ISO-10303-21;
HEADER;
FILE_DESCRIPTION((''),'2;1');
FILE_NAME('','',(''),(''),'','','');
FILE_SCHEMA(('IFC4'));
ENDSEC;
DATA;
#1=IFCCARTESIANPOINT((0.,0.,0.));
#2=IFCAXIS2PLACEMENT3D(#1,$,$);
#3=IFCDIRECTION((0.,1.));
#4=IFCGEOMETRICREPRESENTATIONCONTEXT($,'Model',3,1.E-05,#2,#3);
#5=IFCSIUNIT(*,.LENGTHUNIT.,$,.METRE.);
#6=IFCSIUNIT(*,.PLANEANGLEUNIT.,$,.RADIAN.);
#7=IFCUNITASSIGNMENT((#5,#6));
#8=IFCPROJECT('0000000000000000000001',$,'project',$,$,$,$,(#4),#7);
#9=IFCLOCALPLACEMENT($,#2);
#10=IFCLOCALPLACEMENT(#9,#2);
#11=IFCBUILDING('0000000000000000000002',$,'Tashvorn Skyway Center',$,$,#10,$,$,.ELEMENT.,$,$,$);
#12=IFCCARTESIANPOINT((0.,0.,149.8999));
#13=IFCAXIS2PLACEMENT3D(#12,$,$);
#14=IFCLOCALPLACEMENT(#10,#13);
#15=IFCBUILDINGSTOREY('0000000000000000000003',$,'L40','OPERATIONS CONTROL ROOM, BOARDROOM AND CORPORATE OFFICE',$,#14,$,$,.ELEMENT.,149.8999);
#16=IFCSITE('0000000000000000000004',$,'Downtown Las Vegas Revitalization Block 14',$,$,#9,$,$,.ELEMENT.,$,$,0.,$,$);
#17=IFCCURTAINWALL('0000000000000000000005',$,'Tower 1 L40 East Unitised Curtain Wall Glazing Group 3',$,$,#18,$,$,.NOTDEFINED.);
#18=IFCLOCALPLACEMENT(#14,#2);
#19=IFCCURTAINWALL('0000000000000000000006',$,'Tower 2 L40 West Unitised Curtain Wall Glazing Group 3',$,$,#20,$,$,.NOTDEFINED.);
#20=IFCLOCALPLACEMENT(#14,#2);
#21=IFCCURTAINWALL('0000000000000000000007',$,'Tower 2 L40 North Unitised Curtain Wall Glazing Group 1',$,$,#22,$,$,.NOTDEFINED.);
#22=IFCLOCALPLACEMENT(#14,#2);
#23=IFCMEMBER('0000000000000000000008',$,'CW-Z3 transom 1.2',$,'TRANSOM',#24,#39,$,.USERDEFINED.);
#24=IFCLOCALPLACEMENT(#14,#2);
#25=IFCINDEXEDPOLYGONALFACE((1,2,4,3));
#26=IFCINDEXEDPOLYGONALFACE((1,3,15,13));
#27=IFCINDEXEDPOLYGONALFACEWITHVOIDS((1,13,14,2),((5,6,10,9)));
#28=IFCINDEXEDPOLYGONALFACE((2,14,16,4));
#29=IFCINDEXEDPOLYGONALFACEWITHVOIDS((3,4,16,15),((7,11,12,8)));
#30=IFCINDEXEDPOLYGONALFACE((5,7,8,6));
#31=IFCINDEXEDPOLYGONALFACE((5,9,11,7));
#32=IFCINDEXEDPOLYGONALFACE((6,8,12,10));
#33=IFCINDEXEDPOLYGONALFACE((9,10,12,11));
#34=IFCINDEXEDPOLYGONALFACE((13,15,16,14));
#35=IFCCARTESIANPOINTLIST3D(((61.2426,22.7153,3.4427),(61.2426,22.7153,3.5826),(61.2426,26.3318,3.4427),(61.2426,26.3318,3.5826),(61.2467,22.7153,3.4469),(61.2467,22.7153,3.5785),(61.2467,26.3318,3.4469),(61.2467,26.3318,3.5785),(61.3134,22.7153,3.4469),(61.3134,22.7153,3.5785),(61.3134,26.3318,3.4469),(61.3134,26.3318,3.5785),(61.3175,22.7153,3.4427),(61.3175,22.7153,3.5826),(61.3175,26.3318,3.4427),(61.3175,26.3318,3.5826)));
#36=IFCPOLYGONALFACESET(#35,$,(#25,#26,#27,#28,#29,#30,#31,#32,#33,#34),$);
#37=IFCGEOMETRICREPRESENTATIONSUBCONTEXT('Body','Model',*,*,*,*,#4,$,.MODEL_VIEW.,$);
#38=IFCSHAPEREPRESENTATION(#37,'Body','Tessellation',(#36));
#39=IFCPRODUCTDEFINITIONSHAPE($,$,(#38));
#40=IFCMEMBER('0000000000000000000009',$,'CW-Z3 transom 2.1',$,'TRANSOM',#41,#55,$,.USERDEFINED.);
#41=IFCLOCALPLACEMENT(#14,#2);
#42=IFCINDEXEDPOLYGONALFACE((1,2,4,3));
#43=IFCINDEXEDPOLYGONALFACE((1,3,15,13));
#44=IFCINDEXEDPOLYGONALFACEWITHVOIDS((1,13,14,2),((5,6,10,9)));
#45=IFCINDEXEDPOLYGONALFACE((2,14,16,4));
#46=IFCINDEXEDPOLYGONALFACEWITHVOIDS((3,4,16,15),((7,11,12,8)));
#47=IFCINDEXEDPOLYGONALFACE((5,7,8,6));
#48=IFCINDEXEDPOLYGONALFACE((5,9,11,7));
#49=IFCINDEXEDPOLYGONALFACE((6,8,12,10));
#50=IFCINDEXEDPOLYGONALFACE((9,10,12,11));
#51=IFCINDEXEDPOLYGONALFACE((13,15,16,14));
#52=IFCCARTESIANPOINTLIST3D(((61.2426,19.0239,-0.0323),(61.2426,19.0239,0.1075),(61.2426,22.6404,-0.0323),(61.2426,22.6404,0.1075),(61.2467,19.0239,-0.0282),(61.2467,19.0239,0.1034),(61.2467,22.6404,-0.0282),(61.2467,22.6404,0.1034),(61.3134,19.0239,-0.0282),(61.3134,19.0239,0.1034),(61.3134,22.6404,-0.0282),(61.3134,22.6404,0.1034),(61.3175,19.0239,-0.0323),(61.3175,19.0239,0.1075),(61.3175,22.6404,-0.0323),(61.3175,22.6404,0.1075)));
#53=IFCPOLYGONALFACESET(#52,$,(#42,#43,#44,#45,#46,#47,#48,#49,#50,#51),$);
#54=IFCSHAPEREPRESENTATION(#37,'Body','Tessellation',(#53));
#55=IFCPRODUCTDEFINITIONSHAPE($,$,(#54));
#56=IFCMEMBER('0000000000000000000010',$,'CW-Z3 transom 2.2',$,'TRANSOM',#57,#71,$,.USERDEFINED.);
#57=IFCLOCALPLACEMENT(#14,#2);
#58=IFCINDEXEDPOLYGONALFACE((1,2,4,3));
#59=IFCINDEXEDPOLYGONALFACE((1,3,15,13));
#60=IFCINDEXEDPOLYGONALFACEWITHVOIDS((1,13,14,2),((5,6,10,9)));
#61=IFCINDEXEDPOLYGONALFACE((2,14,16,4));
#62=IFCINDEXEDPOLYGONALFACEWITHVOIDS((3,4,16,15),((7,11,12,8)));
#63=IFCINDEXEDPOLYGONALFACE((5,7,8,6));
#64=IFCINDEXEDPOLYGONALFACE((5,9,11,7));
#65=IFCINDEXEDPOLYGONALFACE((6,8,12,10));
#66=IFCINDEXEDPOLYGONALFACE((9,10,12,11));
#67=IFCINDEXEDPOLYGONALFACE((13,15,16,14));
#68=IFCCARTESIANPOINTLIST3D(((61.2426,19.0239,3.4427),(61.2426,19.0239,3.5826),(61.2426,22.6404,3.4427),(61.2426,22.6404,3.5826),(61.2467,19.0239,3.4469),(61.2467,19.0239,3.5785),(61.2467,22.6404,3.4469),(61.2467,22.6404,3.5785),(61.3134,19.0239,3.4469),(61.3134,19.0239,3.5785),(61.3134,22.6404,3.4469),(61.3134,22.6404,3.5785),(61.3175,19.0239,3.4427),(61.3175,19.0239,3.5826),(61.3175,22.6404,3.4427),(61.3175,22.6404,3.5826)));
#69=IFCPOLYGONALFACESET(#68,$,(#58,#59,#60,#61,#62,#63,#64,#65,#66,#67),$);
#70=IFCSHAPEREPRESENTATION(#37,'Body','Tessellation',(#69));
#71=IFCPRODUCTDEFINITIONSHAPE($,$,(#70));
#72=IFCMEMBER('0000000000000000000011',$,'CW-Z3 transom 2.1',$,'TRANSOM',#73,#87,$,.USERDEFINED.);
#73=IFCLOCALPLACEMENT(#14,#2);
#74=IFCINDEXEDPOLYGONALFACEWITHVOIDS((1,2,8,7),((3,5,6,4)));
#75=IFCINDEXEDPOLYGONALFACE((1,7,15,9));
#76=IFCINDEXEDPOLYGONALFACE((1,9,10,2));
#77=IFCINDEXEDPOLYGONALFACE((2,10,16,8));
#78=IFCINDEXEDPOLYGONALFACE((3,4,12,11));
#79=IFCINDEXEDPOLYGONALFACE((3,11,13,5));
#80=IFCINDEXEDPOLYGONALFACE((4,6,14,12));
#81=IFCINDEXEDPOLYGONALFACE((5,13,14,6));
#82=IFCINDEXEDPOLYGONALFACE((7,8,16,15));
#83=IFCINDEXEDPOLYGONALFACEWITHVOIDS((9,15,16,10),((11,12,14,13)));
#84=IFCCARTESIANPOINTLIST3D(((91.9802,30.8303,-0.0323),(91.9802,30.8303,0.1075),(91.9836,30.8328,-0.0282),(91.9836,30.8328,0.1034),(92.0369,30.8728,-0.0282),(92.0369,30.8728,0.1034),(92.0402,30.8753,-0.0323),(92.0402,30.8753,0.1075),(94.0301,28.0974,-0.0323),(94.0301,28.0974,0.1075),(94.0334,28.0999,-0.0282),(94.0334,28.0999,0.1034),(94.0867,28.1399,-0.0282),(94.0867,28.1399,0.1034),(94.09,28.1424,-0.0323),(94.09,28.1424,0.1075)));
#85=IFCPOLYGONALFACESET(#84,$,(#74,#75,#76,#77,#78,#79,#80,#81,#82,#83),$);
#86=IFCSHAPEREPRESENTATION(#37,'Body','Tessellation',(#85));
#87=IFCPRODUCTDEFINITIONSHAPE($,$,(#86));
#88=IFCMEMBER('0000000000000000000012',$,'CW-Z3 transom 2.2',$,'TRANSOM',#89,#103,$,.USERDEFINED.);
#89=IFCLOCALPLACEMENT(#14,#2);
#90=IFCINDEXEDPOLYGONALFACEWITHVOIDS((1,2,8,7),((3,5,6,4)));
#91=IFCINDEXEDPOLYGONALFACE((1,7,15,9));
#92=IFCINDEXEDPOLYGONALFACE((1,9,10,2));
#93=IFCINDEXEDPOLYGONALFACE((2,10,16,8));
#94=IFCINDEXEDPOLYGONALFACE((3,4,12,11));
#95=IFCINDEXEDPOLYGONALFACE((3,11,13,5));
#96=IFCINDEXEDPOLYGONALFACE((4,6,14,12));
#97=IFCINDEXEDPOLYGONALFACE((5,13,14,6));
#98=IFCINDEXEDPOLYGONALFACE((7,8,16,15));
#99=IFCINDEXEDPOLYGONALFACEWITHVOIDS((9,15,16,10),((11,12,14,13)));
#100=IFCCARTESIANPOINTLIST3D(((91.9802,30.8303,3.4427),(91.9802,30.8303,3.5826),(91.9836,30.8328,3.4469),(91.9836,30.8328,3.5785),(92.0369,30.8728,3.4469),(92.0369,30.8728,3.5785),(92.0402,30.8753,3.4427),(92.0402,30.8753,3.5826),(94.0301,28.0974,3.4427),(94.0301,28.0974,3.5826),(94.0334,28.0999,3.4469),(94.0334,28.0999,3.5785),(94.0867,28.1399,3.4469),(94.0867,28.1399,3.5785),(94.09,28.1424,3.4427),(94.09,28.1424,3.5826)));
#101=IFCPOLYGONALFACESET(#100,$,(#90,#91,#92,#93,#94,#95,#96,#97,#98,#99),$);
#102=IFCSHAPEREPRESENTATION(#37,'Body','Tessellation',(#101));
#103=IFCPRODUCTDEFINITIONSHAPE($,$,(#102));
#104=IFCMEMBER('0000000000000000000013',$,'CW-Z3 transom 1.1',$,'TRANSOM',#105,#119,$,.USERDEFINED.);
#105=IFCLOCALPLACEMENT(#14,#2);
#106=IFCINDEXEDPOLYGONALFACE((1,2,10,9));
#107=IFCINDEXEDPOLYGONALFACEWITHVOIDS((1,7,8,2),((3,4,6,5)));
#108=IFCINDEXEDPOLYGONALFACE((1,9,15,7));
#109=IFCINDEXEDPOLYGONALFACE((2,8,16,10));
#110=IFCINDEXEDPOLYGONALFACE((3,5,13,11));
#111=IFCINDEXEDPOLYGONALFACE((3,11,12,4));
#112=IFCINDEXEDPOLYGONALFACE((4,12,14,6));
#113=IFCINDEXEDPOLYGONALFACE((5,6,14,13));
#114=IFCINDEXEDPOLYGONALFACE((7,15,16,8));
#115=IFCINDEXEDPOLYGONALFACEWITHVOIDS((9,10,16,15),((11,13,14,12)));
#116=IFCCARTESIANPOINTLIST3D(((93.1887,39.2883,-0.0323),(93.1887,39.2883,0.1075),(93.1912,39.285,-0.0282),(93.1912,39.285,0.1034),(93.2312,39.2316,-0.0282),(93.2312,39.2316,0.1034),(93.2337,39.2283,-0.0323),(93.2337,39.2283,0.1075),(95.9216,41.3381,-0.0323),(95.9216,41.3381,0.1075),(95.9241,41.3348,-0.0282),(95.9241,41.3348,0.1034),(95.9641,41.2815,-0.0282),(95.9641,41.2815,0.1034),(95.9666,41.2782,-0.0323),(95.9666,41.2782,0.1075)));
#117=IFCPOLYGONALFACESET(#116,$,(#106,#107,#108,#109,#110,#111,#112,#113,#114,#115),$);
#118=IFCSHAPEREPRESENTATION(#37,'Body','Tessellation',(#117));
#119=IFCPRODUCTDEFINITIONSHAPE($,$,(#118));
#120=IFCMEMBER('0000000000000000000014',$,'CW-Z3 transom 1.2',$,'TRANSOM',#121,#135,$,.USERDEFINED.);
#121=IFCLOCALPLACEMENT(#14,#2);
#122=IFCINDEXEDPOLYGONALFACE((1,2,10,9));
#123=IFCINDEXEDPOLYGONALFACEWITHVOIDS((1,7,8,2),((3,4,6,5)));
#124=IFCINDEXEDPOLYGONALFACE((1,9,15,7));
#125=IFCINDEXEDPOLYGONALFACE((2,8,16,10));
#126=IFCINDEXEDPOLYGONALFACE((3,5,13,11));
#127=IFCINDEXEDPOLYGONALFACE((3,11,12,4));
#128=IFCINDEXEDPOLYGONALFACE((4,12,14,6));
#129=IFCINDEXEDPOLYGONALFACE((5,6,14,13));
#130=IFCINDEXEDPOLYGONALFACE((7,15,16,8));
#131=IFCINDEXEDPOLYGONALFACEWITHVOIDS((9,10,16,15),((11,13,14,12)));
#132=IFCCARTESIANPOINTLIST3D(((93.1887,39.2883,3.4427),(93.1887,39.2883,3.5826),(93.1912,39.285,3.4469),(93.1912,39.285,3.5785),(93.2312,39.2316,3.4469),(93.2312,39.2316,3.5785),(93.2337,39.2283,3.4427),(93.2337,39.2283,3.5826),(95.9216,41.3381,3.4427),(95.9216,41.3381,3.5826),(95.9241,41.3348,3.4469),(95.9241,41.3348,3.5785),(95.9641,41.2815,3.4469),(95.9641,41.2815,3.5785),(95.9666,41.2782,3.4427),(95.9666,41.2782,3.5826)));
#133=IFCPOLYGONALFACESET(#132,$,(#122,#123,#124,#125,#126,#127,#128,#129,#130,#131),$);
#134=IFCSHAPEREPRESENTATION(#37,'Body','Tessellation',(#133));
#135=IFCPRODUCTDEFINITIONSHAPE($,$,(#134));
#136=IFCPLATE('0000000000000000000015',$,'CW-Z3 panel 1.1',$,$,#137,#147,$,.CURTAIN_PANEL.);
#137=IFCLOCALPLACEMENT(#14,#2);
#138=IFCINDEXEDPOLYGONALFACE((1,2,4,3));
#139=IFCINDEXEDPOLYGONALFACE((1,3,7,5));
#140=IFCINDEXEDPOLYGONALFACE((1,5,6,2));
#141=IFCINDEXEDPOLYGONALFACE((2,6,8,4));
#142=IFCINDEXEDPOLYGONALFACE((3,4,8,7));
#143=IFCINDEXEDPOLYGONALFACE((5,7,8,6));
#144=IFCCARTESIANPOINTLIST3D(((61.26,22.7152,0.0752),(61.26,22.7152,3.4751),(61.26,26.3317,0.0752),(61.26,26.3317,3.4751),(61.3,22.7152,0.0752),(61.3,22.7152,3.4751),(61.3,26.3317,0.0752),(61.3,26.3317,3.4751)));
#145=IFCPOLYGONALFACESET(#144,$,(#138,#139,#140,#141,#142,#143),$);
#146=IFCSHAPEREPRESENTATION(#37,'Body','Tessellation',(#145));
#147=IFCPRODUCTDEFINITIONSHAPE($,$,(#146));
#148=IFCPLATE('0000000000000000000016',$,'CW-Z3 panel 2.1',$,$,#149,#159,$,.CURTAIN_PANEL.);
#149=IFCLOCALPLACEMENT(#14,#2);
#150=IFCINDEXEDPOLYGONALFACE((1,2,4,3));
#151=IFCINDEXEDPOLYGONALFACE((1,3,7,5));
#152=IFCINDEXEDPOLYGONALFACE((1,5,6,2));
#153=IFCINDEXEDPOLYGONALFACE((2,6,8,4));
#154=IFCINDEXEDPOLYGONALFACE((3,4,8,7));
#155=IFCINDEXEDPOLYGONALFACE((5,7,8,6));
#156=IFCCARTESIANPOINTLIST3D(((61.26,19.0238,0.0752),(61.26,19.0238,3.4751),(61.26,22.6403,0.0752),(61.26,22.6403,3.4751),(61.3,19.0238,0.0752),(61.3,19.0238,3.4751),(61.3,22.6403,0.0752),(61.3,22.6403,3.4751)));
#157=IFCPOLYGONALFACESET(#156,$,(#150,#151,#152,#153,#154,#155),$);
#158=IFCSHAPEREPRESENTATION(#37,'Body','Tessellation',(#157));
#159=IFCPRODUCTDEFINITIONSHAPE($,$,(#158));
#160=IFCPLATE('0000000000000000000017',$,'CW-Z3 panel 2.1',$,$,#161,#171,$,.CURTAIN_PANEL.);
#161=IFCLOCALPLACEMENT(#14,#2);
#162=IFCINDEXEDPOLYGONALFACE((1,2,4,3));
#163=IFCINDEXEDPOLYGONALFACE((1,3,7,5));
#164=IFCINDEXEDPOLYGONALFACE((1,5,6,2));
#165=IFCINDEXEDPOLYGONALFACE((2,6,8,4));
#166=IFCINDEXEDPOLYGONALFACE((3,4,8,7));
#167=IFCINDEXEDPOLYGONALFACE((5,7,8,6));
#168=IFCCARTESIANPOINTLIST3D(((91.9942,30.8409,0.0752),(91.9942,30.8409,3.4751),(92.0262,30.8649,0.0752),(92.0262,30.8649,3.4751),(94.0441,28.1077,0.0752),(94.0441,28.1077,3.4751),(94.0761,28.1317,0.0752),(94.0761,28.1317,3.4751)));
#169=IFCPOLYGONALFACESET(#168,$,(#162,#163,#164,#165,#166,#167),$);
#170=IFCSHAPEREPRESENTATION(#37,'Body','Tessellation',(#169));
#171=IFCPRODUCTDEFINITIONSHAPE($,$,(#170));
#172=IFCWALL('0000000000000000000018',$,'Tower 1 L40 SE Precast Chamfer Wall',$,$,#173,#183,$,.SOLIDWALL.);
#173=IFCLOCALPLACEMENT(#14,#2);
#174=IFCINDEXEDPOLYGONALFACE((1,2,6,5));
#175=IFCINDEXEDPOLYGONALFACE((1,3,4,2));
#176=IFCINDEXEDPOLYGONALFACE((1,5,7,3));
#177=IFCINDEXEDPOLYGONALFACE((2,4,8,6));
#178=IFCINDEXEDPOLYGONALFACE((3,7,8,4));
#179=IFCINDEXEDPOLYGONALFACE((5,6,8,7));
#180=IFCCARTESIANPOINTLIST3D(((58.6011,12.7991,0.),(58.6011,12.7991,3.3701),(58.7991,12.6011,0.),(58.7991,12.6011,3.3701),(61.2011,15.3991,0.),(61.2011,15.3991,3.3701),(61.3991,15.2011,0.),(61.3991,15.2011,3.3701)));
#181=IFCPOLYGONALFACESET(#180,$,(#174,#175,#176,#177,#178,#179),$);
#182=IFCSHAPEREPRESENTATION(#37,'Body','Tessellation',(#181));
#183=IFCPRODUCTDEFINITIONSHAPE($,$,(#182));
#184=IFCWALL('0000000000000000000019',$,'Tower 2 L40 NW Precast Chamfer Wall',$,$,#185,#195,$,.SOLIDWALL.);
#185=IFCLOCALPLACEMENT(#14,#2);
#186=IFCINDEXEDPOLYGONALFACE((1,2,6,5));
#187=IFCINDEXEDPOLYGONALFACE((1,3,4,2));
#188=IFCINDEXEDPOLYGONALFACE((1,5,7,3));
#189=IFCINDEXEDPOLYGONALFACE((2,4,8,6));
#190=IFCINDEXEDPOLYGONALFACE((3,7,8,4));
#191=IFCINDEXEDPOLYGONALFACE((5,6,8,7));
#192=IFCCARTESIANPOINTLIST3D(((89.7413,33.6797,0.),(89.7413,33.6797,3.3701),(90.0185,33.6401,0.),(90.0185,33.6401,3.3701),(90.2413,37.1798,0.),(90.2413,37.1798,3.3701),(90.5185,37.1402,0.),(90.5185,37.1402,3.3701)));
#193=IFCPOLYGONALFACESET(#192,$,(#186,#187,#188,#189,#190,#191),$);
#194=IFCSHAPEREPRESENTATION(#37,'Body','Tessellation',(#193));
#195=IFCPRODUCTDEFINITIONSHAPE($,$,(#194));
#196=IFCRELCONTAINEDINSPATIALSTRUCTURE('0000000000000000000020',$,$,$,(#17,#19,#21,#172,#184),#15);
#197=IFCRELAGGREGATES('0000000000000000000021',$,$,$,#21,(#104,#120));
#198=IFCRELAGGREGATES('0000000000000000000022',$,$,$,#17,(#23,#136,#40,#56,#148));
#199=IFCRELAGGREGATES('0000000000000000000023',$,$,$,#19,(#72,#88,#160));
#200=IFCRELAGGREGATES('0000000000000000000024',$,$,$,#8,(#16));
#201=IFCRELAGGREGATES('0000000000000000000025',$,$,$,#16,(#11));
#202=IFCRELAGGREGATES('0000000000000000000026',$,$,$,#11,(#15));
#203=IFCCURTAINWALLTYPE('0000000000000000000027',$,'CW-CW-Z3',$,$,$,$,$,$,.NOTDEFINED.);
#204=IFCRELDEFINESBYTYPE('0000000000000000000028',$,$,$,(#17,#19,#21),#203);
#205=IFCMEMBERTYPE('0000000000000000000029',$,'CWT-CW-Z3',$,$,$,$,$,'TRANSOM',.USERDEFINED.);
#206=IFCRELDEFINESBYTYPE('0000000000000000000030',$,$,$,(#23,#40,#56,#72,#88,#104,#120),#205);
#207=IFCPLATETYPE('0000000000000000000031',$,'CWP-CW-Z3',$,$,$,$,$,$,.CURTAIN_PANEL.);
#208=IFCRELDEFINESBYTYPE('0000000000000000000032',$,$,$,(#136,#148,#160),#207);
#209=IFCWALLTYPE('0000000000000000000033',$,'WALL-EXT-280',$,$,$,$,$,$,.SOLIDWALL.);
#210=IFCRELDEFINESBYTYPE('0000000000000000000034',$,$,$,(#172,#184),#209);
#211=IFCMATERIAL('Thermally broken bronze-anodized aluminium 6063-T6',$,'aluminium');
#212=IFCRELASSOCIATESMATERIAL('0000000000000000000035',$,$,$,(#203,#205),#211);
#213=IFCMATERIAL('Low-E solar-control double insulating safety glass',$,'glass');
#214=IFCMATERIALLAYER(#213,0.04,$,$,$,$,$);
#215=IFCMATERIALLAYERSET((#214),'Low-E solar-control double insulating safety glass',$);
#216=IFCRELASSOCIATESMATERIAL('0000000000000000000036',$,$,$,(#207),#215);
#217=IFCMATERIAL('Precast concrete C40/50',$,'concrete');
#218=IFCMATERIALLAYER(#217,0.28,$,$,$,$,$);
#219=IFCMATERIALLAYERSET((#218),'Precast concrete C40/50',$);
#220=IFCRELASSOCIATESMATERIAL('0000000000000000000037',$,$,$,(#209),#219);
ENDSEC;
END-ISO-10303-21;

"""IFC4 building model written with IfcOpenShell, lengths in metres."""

from ifc_helpers import new_model, si_unit, direction, frame, frame_2d, origin, origin_2d, place, context, subcontext, project, spatial, rectangle, hollow_rectangle, extrude, material, layer, layer_set, material_profile, profile_set, type_object, element, aggregate, save


model = new_model("IFC4")

# Units and contexts
model_context = context("Model", 3, precision=1e-05, world=origin(), true_north=direction((0.0, 1.0)))
body_context = subcontext(model_context, "Body", "Model", "MODEL_VIEW")
ifc_project = project(units=[si_unit("LENGTHUNIT", "METRE"), si_unit("PLANEANGLEUNIT", "RADIAN")], contexts=[model_context])

# Site, building, storey
site_placement = place(None, origin())
site = spatial("IfcSite", under=ifc_project, at=site_placement, Name="Downtown Las Vegas Revitalization Block 14", CompositionType="ELEMENT", RefElevation=0.0)
building_placement = place(site_placement, origin())
building = spatial("IfcBuilding", under=site, at=building_placement, Name="Tashvorn Skyway Center", CompositionType="ELEMENT")
storey_placement = place(building_placement, frame((0.0, 0.0, 149.8999)))
storey = spatial("IfcBuildingStorey", under=building, at=storey_placement, Name="L40", Description="OPERATIONS CONTROL ROOM, BOARDROOM AND CORPORATE OFFICE", CompositionType="ELEMENT", Elevation=149.8999)

# Curtain walls
ifc_material_1 = material(Name="Thermally broken bronze-anodized aluminium 6063-T6", Category="aluminium")
curtain_wall_type = type_object("IfcCurtainWallType", Name="CW-CW-Z3", PredefinedType="NOTDEFINED", material=ifc_material_1)
curtain_wall_1_placement = place(storey_placement, origin())
curtain_wall_1 = element("IfcCurtainWall", 1, at=curtain_wall_1_placement, inside=storey, type_object=curtain_wall_type, Name="Tower 1 L40 East Unitised Curtain Wall Glazing Group 3", PredefinedType="NOTDEFINED")
curtain_wall_2_placement = place(storey_placement, origin())
curtain_wall_2 = element("IfcCurtainWall", 2, at=curtain_wall_2_placement, inside=storey, type_object=curtain_wall_type, Name="Tower 2 L40 West Unitised Curtain Wall Glazing Group 3", PredefinedType="NOTDEFINED")

# Curtain wall
curtain_wall_3_placement = place(storey_placement, origin())
curtain_wall_3 = element("IfcCurtainWall", 3, at=curtain_wall_3_placement, inside=storey, type_object=curtain_wall_type, Name="Tower 2 L40 North Unitised Curtain Wall Glazing Group 1", PredefinedType="NOTDEFINED")

# Members
ifc_material_profile_1 = material_profile(ifc_material_1, hollow_rectangle(XDim=0.075, YDim=0.1399, WallThickness=0.0042, at=origin_2d()), Name="ALU-TRAN-75x140")
ifc_profile_set_1 = profile_set([ifc_material_profile_1], Name="Thermally broken bronze-anodized aluminium 6063-T6")
member_type_1 = type_object("IfcMemberType", Name="CWT-CW-Z3", ElementType="TRANSOM", PredefinedType="USERDEFINED", material=ifc_profile_set_1)
member_1_placement = place(storey_placement, frame((61.28, 26.3318, 3.5127), z_axis=(0.0, -1.0, 0.0), x_axis=(1.0, 0.0, 0.0)))
member_1 = element("IfcMember", 4, at=member_1_placement, type_object=member_type_1, Name="CW-Z3 transom 1.2", ObjectType="TRANSOM", PredefinedType="USERDEFINED", context=body_context, shape_type="SweptSolid", body=[
    extrude(hollow_rectangle(XDim=0.075, YDim=0.1399, WallThickness=0.0042, at=origin_2d()), origin(), (0.0, 0.0, 1.0), 3.6165),
])
member_2_placement = place(storey_placement, frame((61.28, 22.6404, 0.0376), z_axis=(0.0, -1.0, 0.0), x_axis=(1.0, 0.0, 0.0)))
member_2 = element("IfcMember", 5, at=member_2_placement, type_object=member_type_1, Name="CW-Z3 transom 2.1", ObjectType="TRANSOM", PredefinedType="USERDEFINED", context=body_context, shape_type="SweptSolid", body=[
    extrude(hollow_rectangle(XDim=0.075, YDim=0.1399, WallThickness=0.0042, at=origin_2d()), origin(), (0.0, 0.0, 1.0), 3.6165),
])
member_3_placement = place(storey_placement, frame((61.28, 22.6404, 3.5127), z_axis=(0.0, -1.0, 0.0), x_axis=(1.0, 0.0, 0.0)))
member_3 = element("IfcMember", 6, at=member_3_placement, type_object=member_type_1, Name="CW-Z3 transom 2.2", ObjectType="TRANSOM", PredefinedType="USERDEFINED", context=body_context, shape_type="SweptSolid", body=[
    extrude(hollow_rectangle(XDim=0.075, YDim=0.1399, WallThickness=0.0042, at=origin_2d()), origin(), (0.0, 0.0, 1.0), 3.6165),
])
member_4_placement = place(storey_placement, frame((94.0601, 28.1199, 0.0376), z_axis=(-0.600023, 0.799983, 0.0), x_axis=(-0.799983, -0.600023, 0.0)))
member_4 = element("IfcMember", 7, at=member_4_placement, type_object=member_type_1, Name="CW-Z3 transom 2.1", ObjectType="TRANSOM", PredefinedType="USERDEFINED", context=body_context, shape_type="SweptSolid", body=[
    extrude(hollow_rectangle(XDim=0.075, YDim=0.1399, WallThickness=0.0042, at=origin_2d()), origin(), (0.0, 0.0, 1.0), 3.4163),
])
member_5_placement = place(storey_placement, frame((94.0601, 28.1199, 3.5127), z_axis=(-0.600023, 0.799983, 0.0), x_axis=(-0.799983, -0.600023, 0.0)))
member_5 = element("IfcMember", 8, at=member_5_placement, type_object=member_type_1, Name="CW-Z3 transom 2.2", ObjectType="TRANSOM", PredefinedType="USERDEFINED", context=body_context, shape_type="SweptSolid", body=[
    extrude(hollow_rectangle(XDim=0.075, YDim=0.1399, WallThickness=0.0042, at=origin_2d()), origin(), (0.0, 0.0, 1.0), 3.4163),
])
member_6_placement = place(storey_placement, frame((93.2112, 39.2583, 0.0376), z_axis=(0.799983, 0.600023, 0.0), x_axis=(-0.600023, 0.799983, 0.0)))
member_6 = element("IfcMember", 9, at=member_6_placement, type_object=member_type_1, Name="CW-Z3 transom 1.1", ObjectType="TRANSOM", PredefinedType="USERDEFINED", context=body_context, shape_type="SweptSolid", body=[
    extrude(hollow_rectangle(XDim=0.075, YDim=0.1399, WallThickness=0.0042, at=origin_2d()), origin(), (0.0, 0.0, 1.0), 3.4163),
])
member_7_placement = place(storey_placement, frame((93.2112, 39.2583, 3.5127), z_axis=(0.799983, 0.600023, 0.0), x_axis=(-0.600023, 0.799983, 0.0)))
member_7 = element("IfcMember", 10, at=member_7_placement, type_object=member_type_1, Name="CW-Z3 transom 1.2", ObjectType="TRANSOM", PredefinedType="USERDEFINED", context=body_context, shape_type="SweptSolid", body=[
    extrude(hollow_rectangle(XDim=0.075, YDim=0.1399, WallThickness=0.0042, at=origin_2d()), origin(), (0.0, 0.0, 1.0), 3.4163),
])
aggregate(curtain_wall_3, [member_6, member_7])

# Plates
ifc_material_2 = material(Name="Low-E solar-control double insulating safety glass", Category="glass")
ifc_layer_1 = layer(ifc_material_2, 0.04)
ifc_layer_set_1 = layer_set([ifc_layer_1], Name="Low-E solar-control double insulating safety glass")
plate_type = type_object("IfcPlateType", Name="CWP-CW-Z3", PredefinedType="CURTAIN_PANEL", material=ifc_layer_set_1)
plate_1_placement = place(storey_placement, frame((61.28, 24.5234, 0.0752), z_axis=(0.0, 0.0, 1.0), x_axis=(0.0, -1.0, 0.0)))
plate_1 = element("IfcPlate", 11, at=plate_1_placement, type_object=plate_type, Name="CW-Z3 panel 1.1", PredefinedType="CURTAIN_PANEL", context=body_context, shape_type="SweptSolid", body=[
    extrude(rectangle(XDim=3.6165, YDim=0.04, at=origin_2d()), origin(), (0.0, 0.0, 1.0), 3.3999),
])
plate_2_placement = place(storey_placement, frame((61.28, 20.832, 0.0752), z_axis=(0.0, 0.0, 1.0), x_axis=(0.0, -1.0, 0.0)))
plate_2 = element("IfcPlate", 12, at=plate_2_placement, type_object=plate_type, Name="CW-Z3 panel 2.1", PredefinedType="CURTAIN_PANEL", context=body_context, shape_type="SweptSolid", body=[
    extrude(rectangle(XDim=3.6165, YDim=0.04, at=origin_2d()), origin(), (0.0, 0.0, 1.0), 3.3999),
])
aggregate(curtain_wall_1, [member_1, plate_1, member_2, member_3, plate_2])
plate_3_placement = place(storey_placement, frame((93.0352, 29.4863, 0.0752), z_axis=(0.0, 0.0, 1.0), x_axis=(-0.600005, 0.799997, 0.0)))
plate_3 = element("IfcPlate", 13, at=plate_3_placement, type_object=plate_type, Name="CW-Z3 panel 2.1", PredefinedType="CURTAIN_PANEL", context=body_context, shape_type="SweptSolid", body=[
    extrude(rectangle(XDim=3.4165, YDim=0.04, at=origin_2d()), origin(), (0.0, 0.0, 1.0), 3.3999),
])
aggregate(curtain_wall_2, [member_4, member_5, plate_3])

# Walls
ifc_material_3 = material(Name="Precast concrete C40/50", Category="concrete")
ifc_layer_2 = layer(ifc_material_3, 0.28)
ifc_layer_set_2 = layer_set([ifc_layer_2], Name="Precast concrete C40/50")
wall_type_1 = type_object("IfcWallType", Name="WALL-EXT-280", PredefinedType="SOLIDWALL", material=ifc_layer_set_2)
wall_1_placement = place(storey_placement, frame((61.3, 15.3, 0.0), z_axis=(0.0, 0.0, 1.0), x_axis=(-0.707107, -0.707107, 0.0)))
element("IfcWall", 14, at=wall_1_placement, inside=storey, type_object=wall_type_1, Name="Tower 1 L40 SE Precast Chamfer Wall", PredefinedType="SOLIDWALL", context=body_context, shape_type="SweptSolid", body=[
    extrude(rectangle(XDim=3.677, YDim=0.28, at=frame_2d((1.8384, 0.0))), origin(), (0.0, 0.0, 1.0), 3.3701),
])
wall_2_placement = place(storey_placement, frame((89.8799, 33.6599, 0.0), z_axis=(0.0, 0.0, 1.0), x_axis=(0.141421, 0.989949, 0.0)))
element("IfcWall", 15, at=wall_2_placement, inside=storey, type_object=wall_type_1, Name="Tower 2 L40 NW Precast Chamfer Wall", PredefinedType="SOLIDWALL", context=body_context, shape_type="SweptSolid", body=[
    extrude(rectangle(XDim=3.5356, YDim=0.28, at=frame_2d((1.7678, 0.0))), origin(), (0.0, 0.0, 1.0), 3.3701),
])

save(model, "model.ifc")
